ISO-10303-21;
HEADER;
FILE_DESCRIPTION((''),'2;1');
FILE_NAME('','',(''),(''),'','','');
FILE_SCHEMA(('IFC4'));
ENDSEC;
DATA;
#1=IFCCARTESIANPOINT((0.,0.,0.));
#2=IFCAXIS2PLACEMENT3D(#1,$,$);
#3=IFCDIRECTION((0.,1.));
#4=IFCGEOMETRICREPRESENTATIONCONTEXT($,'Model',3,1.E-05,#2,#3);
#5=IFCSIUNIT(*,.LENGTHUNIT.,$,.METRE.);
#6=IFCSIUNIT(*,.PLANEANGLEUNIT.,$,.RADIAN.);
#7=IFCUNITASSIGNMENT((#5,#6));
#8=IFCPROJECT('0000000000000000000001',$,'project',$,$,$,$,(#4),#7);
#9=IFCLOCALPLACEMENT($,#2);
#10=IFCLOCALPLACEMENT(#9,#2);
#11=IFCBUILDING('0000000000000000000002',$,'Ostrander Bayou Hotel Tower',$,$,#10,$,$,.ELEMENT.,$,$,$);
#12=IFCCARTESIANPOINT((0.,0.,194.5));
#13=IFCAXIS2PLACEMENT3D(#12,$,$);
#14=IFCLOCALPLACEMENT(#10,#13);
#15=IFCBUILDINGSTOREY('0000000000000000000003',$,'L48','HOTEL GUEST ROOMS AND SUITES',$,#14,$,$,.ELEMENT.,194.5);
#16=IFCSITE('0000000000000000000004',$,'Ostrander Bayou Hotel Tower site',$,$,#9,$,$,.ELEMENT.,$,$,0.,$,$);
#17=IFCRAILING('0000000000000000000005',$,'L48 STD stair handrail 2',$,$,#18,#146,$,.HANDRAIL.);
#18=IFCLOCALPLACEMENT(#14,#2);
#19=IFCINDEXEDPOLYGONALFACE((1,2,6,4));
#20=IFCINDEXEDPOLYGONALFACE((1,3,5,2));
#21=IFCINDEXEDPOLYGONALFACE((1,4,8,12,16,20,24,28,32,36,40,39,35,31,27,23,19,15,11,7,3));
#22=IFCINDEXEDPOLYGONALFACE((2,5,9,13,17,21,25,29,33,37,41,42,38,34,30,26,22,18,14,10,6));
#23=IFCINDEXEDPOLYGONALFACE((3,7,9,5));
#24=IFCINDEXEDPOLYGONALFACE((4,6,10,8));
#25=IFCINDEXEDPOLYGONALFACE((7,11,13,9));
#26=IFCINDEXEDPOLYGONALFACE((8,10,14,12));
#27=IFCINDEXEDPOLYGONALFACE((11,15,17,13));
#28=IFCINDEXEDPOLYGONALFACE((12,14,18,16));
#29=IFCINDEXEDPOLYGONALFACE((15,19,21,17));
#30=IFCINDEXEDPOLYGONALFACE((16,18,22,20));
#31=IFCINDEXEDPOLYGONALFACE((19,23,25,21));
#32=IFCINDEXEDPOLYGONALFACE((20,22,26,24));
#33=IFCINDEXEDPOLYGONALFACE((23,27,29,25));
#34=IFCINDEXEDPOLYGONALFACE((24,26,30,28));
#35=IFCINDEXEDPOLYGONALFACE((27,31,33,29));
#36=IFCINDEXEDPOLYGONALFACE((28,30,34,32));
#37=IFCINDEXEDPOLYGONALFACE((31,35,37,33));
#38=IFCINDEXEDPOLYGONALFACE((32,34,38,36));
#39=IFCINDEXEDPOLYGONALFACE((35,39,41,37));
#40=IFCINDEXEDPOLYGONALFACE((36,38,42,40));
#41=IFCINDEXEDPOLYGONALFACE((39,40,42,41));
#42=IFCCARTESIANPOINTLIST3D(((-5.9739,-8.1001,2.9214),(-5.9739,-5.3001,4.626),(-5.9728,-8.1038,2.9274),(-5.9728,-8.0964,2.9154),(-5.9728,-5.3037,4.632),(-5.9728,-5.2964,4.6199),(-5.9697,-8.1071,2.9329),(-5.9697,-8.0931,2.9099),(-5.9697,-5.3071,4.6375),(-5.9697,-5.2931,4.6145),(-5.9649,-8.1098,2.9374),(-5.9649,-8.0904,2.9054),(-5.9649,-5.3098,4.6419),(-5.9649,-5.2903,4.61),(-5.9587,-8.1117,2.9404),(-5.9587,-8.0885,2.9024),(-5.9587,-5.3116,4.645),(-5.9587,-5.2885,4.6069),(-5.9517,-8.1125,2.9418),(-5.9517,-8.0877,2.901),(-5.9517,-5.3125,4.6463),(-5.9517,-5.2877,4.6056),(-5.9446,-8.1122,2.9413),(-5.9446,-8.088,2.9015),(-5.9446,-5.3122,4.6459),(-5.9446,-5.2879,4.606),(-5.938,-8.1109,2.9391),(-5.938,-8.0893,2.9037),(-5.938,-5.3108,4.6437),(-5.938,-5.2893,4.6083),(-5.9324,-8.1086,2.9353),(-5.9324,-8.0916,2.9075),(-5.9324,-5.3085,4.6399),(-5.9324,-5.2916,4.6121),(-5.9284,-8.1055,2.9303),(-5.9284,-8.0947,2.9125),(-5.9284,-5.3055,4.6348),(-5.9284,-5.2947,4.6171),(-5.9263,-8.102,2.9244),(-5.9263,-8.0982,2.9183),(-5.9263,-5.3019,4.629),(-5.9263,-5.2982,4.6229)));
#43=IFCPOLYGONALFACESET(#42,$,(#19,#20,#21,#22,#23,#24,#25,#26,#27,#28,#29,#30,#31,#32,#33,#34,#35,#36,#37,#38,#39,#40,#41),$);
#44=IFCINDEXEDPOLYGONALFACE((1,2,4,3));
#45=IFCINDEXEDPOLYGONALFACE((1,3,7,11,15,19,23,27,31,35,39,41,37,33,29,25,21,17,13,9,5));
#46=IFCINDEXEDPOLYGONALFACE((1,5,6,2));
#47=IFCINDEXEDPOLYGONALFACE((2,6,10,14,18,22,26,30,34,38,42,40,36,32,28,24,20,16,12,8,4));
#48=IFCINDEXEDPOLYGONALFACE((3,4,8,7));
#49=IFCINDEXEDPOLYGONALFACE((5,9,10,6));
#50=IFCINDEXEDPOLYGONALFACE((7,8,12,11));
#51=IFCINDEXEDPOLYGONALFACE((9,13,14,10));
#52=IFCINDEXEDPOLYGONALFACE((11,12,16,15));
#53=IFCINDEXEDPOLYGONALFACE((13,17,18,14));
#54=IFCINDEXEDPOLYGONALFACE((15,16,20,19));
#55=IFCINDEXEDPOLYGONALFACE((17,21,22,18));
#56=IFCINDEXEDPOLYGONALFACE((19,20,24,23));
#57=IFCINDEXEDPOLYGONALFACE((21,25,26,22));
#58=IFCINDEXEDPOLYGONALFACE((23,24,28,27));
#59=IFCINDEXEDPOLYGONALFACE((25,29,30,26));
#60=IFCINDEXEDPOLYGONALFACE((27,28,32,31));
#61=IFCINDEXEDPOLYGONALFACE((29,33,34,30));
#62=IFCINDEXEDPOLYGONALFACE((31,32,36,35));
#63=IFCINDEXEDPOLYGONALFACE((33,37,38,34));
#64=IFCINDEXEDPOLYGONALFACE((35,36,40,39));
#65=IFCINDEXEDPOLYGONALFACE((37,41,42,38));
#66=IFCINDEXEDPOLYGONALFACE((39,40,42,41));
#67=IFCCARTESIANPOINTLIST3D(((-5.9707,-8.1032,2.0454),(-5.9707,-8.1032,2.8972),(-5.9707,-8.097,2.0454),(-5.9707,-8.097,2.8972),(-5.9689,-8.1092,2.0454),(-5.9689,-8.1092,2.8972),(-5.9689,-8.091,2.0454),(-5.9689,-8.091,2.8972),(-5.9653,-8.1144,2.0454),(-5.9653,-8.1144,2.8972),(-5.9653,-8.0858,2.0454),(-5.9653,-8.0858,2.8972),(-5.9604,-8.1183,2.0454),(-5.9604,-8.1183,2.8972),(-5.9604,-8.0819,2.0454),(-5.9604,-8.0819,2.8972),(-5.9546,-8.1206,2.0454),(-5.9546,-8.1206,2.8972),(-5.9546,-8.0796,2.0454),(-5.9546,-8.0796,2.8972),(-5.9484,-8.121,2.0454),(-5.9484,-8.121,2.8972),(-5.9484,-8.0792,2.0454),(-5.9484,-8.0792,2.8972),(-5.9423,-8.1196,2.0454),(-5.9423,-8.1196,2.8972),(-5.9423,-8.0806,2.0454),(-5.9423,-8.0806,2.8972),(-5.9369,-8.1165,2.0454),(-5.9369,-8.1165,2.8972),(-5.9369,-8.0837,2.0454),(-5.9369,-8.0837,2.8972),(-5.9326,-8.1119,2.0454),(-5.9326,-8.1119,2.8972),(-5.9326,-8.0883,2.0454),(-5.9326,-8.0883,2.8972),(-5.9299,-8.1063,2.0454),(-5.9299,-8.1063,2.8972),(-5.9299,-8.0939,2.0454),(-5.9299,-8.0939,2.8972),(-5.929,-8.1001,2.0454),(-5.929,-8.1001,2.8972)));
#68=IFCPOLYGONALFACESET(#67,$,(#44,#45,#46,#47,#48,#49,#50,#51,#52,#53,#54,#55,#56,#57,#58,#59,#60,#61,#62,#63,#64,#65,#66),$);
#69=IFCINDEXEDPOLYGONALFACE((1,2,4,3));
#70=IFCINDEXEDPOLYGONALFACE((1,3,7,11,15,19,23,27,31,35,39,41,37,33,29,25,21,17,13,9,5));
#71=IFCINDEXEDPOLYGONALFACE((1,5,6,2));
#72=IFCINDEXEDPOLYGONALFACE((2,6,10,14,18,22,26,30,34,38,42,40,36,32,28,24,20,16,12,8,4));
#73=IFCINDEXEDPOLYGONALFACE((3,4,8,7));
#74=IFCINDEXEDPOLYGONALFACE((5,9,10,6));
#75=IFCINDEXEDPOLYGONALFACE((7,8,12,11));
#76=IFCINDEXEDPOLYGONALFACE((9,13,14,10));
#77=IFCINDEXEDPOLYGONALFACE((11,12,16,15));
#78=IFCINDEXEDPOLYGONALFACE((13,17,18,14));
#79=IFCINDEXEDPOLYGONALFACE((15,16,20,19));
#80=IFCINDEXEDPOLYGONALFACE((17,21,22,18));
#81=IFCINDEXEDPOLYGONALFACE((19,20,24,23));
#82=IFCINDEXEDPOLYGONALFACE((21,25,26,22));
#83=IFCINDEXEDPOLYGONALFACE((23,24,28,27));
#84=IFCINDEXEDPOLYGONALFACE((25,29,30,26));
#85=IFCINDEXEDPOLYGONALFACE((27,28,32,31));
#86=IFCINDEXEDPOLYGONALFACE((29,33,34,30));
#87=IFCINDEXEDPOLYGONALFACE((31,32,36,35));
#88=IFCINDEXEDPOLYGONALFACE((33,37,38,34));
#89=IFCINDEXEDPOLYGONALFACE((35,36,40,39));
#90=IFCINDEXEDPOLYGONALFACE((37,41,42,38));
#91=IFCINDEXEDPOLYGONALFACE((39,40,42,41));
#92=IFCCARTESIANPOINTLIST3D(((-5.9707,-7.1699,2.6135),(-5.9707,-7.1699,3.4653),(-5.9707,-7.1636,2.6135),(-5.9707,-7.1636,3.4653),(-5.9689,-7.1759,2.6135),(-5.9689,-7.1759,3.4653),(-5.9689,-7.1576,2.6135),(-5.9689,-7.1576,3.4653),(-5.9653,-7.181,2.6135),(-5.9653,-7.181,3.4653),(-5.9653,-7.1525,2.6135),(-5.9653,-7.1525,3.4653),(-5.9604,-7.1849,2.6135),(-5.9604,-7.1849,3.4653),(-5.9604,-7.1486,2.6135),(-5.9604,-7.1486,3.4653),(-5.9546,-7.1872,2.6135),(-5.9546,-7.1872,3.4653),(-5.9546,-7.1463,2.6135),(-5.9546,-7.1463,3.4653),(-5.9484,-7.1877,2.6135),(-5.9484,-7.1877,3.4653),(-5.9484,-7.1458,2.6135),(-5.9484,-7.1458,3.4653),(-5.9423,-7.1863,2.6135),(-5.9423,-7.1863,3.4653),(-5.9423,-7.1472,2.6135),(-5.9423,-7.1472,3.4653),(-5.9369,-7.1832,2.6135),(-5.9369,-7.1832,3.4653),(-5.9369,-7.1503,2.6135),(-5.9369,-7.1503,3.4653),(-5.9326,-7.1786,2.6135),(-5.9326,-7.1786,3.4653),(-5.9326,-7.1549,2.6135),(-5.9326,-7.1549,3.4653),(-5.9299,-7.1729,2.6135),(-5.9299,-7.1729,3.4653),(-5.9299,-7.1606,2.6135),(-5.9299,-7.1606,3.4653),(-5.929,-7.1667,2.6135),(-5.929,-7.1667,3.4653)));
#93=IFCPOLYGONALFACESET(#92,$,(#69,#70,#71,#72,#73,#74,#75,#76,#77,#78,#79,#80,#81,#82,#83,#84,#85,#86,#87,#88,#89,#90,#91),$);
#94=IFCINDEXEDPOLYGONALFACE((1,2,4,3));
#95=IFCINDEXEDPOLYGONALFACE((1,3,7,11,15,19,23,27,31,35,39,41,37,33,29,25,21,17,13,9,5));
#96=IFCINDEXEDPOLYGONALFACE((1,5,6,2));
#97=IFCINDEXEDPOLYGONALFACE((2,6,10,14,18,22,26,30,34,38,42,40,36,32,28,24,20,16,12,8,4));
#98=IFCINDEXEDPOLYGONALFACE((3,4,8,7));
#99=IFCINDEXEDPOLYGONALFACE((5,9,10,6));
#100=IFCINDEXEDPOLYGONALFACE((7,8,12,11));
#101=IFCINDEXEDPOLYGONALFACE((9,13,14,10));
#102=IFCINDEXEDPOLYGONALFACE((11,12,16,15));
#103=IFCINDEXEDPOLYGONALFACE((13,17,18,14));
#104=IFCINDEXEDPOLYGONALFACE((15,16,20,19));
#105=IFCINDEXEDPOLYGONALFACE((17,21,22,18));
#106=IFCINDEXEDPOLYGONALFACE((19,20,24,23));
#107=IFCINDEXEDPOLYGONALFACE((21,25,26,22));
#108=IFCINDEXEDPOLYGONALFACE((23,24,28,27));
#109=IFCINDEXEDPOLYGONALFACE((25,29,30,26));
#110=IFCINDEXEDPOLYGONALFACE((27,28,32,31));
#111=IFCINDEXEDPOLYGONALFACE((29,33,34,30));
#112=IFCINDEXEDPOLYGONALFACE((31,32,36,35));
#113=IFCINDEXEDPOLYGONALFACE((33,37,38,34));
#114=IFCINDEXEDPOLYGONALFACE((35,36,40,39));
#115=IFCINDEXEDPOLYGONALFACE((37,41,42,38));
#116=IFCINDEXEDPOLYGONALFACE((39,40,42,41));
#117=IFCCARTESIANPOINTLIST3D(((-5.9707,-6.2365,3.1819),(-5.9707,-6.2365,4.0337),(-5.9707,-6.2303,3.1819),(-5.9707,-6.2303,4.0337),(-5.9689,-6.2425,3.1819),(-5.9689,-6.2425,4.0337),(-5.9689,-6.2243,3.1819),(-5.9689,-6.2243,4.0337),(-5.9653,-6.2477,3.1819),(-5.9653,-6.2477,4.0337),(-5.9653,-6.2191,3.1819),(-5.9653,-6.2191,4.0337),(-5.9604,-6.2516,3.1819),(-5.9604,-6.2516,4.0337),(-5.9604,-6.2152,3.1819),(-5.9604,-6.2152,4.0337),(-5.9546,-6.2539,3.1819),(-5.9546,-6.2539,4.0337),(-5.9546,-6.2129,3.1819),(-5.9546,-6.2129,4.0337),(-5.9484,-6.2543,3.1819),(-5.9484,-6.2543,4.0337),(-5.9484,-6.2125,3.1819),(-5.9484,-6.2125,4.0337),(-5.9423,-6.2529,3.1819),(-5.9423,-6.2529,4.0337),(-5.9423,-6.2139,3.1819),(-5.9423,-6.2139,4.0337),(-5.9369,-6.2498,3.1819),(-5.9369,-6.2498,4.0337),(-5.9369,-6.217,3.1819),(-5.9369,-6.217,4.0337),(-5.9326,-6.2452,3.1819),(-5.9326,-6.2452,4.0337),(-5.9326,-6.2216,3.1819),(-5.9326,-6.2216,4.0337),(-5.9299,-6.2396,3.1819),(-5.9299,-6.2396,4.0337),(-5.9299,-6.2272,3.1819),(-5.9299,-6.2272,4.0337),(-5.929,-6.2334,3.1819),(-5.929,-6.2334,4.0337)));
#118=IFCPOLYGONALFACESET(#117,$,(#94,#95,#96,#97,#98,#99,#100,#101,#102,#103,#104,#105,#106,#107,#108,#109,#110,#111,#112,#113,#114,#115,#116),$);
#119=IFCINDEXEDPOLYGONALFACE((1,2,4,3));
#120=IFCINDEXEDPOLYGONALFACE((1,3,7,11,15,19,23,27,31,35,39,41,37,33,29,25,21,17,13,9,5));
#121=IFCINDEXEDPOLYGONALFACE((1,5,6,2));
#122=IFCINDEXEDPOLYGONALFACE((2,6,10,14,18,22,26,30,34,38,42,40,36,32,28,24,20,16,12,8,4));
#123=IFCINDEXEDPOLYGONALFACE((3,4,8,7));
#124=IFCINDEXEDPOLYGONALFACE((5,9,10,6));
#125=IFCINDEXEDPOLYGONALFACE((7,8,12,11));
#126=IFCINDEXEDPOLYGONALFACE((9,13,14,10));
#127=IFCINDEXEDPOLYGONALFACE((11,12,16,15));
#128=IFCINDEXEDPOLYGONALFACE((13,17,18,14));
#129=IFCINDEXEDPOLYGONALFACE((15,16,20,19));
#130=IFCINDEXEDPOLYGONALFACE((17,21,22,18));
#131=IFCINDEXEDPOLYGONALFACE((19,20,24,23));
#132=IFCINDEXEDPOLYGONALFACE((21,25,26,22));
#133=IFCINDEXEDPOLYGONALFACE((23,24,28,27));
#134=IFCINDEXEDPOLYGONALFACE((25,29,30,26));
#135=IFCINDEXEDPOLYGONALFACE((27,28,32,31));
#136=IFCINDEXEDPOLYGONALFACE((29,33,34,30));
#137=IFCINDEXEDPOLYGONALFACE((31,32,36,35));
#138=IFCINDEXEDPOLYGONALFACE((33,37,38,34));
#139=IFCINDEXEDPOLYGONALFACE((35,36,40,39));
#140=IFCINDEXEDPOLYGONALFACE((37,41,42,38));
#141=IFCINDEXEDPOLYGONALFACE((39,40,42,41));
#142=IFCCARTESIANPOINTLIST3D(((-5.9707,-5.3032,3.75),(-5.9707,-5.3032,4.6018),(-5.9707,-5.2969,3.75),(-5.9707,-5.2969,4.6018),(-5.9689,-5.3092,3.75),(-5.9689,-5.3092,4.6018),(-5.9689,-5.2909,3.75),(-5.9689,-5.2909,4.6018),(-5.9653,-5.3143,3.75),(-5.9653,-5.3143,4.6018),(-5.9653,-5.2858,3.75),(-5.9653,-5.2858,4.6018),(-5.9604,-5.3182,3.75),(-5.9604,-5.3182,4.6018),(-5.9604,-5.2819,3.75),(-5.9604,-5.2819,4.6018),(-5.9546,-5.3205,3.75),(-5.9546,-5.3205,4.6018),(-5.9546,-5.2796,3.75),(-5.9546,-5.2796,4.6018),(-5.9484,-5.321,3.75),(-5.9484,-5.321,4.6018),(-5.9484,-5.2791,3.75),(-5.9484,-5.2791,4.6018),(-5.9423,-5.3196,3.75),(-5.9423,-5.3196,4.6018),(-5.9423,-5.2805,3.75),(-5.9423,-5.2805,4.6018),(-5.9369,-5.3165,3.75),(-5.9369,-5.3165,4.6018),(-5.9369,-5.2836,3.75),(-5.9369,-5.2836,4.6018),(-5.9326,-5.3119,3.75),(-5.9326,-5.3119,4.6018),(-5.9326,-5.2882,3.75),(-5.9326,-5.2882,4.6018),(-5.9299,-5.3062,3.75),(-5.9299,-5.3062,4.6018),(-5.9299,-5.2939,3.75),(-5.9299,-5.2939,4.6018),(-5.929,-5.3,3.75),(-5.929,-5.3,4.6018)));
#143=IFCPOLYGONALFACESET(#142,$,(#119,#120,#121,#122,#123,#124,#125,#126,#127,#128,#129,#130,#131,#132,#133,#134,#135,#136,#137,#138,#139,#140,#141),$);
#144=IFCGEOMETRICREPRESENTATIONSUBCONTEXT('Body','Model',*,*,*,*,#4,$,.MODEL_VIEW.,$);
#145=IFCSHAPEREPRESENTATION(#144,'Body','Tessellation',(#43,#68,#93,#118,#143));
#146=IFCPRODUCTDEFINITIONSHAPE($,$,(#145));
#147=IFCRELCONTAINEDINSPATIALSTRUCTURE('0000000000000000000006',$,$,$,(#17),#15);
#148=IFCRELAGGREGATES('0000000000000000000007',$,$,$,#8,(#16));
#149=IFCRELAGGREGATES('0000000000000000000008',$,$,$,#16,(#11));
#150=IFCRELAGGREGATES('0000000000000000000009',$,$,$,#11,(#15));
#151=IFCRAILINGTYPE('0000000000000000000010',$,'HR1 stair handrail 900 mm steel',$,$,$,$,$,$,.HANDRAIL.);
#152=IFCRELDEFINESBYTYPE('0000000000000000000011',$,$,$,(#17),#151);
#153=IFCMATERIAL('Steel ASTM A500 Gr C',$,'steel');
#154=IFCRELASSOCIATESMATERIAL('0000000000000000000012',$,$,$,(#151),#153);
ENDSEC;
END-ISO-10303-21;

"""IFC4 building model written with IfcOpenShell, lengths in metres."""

from ifc_helpers import new_model, si_unit, direction, frame, origin, origin_2d, place, context, subcontext, project, spatial, circle, extrude, material, type_object, element, save


model = new_model("IFC4")

# Units and contexts
model_context = context("Model", 3, precision=1e-05, world=origin(), true_north=direction((0.0, 1.0)))
body_context = subcontext(model_context, "Body", "Model", "MODEL_VIEW")
ifc_project = project(units=[si_unit("LENGTHUNIT", "METRE"), si_unit("PLANEANGLEUNIT", "RADIAN")], contexts=[model_context])

# Site, building, storey
site_placement = place(None, origin())
site = spatial("IfcSite", under=ifc_project, at=site_placement, Name="Ostrander Bayou Hotel Tower site", CompositionType="ELEMENT", RefElevation=0.0)
building_placement = place(site_placement, origin())
building = spatial("IfcBuilding", under=site, at=building_placement, Name="Ostrander Bayou Hotel Tower", CompositionType="ELEMENT")
storey_placement = place(building_placement, frame((0.0, 0.0, 194.5)))
storey = spatial("IfcBuildingStorey", under=building, at=storey_placement, Name="L48", Description="HOTEL GUEST ROOMS AND SUITES", CompositionType="ELEMENT", Elevation=194.5)

# Railing
ifc_material_1 = material(Name="Steel ASTM A500 Gr C", Category="steel")
railing_type_1 = type_object("IfcRailingType", Name="HR1 stair handrail 900 mm steel", PredefinedType="HANDRAIL", material=ifc_material_1)
railing_1_placement = place(storey_placement, frame((-5.95, -8.1001, 2.0454)))
element("IfcRailing", 1, at=railing_1_placement, inside=storey, type_object=railing_type_1, Name="L48 STD stair handrail 2", PredefinedType="HANDRAIL", context=body_context, shape_type="SweptSolid", body=[
    extrude(circle(Radius=0.0239, at=origin_2d()), frame((0.0, 0.0, 0.876), z_axis=(0.0, 0.85417, 0.519994), x_axis=(-1.0, 0.0, 0.0)), (0.0, 0.0, 1.0), 3.2781),
    extrude(circle(Radius=0.021, at=origin_2d()), origin(), (0.0, 0.0, 1.0), 0.8518),
    extrude(circle(Radius=0.021, at=origin_2d()), frame((0.0, 0.9333, 0.5681)), (0.0, 0.0, 1.0), 0.8518),
    extrude(circle(Radius=0.021, at=origin_2d()), frame((0.0, 1.8667, 1.1365)), (0.0, 0.0, 1.0), 0.8518),
    extrude(circle(Radius=0.021, at=origin_2d()), frame((0.0, 2.8, 1.7046)), (0.0, 0.0, 1.0), 0.8518),
])

save(model, "model.ifc")
